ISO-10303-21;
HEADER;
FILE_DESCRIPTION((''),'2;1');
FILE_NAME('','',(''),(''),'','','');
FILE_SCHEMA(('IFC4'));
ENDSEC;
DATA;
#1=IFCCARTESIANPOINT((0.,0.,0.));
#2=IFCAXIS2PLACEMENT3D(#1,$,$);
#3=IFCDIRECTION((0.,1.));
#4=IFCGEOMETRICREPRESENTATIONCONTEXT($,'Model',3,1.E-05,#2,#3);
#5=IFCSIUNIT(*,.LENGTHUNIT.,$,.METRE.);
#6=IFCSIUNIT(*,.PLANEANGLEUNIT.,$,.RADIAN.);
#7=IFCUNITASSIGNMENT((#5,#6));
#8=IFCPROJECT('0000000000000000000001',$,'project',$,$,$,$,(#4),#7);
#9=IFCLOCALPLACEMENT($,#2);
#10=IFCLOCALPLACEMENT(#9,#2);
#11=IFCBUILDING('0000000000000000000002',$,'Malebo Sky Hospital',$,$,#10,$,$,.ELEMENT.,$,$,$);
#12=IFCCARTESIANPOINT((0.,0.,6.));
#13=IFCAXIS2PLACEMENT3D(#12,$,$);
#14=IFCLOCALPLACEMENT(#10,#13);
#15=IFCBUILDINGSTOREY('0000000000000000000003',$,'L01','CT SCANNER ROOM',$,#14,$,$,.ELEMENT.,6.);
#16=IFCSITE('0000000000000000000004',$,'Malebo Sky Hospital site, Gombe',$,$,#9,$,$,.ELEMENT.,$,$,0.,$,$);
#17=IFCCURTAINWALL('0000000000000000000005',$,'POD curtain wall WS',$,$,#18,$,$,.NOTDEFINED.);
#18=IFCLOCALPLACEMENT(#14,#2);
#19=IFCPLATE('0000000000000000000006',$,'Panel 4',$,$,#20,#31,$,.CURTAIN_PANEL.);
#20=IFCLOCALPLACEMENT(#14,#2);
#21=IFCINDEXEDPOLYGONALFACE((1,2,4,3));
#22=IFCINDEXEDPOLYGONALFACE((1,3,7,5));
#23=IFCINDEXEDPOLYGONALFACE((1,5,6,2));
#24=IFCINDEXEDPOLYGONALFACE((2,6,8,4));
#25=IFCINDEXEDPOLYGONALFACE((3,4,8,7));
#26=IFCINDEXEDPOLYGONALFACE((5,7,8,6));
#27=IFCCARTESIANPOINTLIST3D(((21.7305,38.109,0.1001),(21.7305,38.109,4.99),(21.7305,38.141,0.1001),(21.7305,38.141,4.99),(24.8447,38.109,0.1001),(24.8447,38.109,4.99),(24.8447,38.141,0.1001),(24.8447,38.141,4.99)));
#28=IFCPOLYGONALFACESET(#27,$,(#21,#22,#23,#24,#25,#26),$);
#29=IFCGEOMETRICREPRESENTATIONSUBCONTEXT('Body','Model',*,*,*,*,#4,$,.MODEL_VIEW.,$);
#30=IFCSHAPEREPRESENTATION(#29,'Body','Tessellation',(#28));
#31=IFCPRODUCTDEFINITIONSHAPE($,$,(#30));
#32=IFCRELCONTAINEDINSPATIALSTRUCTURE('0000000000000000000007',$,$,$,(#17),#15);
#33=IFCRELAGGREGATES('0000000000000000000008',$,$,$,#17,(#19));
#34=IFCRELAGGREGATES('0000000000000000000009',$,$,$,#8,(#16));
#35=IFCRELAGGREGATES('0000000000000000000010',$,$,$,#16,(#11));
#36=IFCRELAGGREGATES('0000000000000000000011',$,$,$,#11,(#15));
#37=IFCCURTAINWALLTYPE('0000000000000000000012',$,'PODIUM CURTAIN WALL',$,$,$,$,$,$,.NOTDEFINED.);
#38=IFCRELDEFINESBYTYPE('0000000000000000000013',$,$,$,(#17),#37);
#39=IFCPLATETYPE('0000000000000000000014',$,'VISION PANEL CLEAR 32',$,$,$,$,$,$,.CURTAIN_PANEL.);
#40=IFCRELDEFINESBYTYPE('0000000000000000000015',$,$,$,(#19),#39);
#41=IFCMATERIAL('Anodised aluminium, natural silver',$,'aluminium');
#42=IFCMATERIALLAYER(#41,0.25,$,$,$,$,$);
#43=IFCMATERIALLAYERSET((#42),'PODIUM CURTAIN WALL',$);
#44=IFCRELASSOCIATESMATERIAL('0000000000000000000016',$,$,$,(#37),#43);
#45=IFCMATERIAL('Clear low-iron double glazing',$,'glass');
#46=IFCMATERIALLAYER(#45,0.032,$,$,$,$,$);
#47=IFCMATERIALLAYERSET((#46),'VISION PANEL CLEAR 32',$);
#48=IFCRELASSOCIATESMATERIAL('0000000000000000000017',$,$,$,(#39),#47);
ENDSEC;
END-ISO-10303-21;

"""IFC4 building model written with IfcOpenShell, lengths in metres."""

from ifc_helpers import new_model, si_unit, direction, frame, origin, origin_2d, place, context, subcontext, project, spatial, rectangle, extrude, material, layer, layer_set, type_object, element, aggregate, save


model = new_model("IFC4")

# Units and contexts
model_context = context("Model", 3, precision=1e-05, world=origin(), true_north=direction((0.0, 1.0)))
body_context = subcontext(model_context, "Body", "Model", "MODEL_VIEW")
ifc_project = project(units=[si_unit("LENGTHUNIT", "METRE"), si_unit("PLANEANGLEUNIT", "RADIAN")], contexts=[model_context])

# Site, building, storey
site_placement = place(None, origin())
site = spatial("IfcSite", under=ifc_project, at=site_placement, Name="Malebo Sky Hospital site, Gombe", CompositionType="ELEMENT", RefElevation=0.0)
building_placement = place(site_placement, origin())
building = spatial("IfcBuilding", under=site, at=building_placement, Name="Malebo Sky Hospital", CompositionType="ELEMENT")
storey_placement = place(building_placement, frame((0.0, 0.0, 6.0)))
storey = spatial("IfcBuildingStorey", under=building, at=storey_placement, Name="L01", Description="CT SCANNER ROOM", CompositionType="ELEMENT", Elevation=6.0)

# Curtain wall
ifc_material_1 = material(Name="Anodised aluminium, natural silver", Category="aluminium")
ifc_layer_1 = layer(ifc_material_1, 0.25)
ifc_layer_set_1 = layer_set([ifc_layer_1], Name="PODIUM CURTAIN WALL")
curtain_wall_type = type_object("IfcCurtainWallType", Name="PODIUM CURTAIN WALL", PredefinedType="NOTDEFINED", material=ifc_layer_set_1)
curtain_wall_1_placement = place(storey_placement, origin())
curtain_wall_1 = element("IfcCurtainWall", 1, at=curtain_wall_1_placement, inside=storey, type_object=curtain_wall_type, Name="POD curtain wall WS", PredefinedType="NOTDEFINED")

# Plate
ifc_material_2 = material(Name="Clear low-iron double glazing", Category="glass")
ifc_layer_2 = layer(ifc_material_2, 0.032)
ifc_layer_set_2 = layer_set([ifc_layer_2], Name="VISION PANEL CLEAR 32")
plate_type = type_object("IfcPlateType", Name="VISION PANEL CLEAR 32", PredefinedType="CURTAIN_PANEL", material=ifc_layer_set_2)
plate_1_placement = place(storey_placement, frame((23.2876, 38.125, 0.1001), z_axis=(0.0, 0.0, 1.0), x_axis=(1.0, 0.0, 0.0)))
plate_1 = element("IfcPlate", 2, at=plate_1_placement, type_object=plate_type, Name="Panel 4", PredefinedType="CURTAIN_PANEL", context=body_context, shape_type="SweptSolid", body=[
    extrude(rectangle(XDim=3.1143, YDim=0.032, at=origin_2d()), origin(), (0.0, 0.0, 1.0), 4.8899),
])
aggregate(curtain_wall_1, [plate_1])

save(model, "model.ifc")
